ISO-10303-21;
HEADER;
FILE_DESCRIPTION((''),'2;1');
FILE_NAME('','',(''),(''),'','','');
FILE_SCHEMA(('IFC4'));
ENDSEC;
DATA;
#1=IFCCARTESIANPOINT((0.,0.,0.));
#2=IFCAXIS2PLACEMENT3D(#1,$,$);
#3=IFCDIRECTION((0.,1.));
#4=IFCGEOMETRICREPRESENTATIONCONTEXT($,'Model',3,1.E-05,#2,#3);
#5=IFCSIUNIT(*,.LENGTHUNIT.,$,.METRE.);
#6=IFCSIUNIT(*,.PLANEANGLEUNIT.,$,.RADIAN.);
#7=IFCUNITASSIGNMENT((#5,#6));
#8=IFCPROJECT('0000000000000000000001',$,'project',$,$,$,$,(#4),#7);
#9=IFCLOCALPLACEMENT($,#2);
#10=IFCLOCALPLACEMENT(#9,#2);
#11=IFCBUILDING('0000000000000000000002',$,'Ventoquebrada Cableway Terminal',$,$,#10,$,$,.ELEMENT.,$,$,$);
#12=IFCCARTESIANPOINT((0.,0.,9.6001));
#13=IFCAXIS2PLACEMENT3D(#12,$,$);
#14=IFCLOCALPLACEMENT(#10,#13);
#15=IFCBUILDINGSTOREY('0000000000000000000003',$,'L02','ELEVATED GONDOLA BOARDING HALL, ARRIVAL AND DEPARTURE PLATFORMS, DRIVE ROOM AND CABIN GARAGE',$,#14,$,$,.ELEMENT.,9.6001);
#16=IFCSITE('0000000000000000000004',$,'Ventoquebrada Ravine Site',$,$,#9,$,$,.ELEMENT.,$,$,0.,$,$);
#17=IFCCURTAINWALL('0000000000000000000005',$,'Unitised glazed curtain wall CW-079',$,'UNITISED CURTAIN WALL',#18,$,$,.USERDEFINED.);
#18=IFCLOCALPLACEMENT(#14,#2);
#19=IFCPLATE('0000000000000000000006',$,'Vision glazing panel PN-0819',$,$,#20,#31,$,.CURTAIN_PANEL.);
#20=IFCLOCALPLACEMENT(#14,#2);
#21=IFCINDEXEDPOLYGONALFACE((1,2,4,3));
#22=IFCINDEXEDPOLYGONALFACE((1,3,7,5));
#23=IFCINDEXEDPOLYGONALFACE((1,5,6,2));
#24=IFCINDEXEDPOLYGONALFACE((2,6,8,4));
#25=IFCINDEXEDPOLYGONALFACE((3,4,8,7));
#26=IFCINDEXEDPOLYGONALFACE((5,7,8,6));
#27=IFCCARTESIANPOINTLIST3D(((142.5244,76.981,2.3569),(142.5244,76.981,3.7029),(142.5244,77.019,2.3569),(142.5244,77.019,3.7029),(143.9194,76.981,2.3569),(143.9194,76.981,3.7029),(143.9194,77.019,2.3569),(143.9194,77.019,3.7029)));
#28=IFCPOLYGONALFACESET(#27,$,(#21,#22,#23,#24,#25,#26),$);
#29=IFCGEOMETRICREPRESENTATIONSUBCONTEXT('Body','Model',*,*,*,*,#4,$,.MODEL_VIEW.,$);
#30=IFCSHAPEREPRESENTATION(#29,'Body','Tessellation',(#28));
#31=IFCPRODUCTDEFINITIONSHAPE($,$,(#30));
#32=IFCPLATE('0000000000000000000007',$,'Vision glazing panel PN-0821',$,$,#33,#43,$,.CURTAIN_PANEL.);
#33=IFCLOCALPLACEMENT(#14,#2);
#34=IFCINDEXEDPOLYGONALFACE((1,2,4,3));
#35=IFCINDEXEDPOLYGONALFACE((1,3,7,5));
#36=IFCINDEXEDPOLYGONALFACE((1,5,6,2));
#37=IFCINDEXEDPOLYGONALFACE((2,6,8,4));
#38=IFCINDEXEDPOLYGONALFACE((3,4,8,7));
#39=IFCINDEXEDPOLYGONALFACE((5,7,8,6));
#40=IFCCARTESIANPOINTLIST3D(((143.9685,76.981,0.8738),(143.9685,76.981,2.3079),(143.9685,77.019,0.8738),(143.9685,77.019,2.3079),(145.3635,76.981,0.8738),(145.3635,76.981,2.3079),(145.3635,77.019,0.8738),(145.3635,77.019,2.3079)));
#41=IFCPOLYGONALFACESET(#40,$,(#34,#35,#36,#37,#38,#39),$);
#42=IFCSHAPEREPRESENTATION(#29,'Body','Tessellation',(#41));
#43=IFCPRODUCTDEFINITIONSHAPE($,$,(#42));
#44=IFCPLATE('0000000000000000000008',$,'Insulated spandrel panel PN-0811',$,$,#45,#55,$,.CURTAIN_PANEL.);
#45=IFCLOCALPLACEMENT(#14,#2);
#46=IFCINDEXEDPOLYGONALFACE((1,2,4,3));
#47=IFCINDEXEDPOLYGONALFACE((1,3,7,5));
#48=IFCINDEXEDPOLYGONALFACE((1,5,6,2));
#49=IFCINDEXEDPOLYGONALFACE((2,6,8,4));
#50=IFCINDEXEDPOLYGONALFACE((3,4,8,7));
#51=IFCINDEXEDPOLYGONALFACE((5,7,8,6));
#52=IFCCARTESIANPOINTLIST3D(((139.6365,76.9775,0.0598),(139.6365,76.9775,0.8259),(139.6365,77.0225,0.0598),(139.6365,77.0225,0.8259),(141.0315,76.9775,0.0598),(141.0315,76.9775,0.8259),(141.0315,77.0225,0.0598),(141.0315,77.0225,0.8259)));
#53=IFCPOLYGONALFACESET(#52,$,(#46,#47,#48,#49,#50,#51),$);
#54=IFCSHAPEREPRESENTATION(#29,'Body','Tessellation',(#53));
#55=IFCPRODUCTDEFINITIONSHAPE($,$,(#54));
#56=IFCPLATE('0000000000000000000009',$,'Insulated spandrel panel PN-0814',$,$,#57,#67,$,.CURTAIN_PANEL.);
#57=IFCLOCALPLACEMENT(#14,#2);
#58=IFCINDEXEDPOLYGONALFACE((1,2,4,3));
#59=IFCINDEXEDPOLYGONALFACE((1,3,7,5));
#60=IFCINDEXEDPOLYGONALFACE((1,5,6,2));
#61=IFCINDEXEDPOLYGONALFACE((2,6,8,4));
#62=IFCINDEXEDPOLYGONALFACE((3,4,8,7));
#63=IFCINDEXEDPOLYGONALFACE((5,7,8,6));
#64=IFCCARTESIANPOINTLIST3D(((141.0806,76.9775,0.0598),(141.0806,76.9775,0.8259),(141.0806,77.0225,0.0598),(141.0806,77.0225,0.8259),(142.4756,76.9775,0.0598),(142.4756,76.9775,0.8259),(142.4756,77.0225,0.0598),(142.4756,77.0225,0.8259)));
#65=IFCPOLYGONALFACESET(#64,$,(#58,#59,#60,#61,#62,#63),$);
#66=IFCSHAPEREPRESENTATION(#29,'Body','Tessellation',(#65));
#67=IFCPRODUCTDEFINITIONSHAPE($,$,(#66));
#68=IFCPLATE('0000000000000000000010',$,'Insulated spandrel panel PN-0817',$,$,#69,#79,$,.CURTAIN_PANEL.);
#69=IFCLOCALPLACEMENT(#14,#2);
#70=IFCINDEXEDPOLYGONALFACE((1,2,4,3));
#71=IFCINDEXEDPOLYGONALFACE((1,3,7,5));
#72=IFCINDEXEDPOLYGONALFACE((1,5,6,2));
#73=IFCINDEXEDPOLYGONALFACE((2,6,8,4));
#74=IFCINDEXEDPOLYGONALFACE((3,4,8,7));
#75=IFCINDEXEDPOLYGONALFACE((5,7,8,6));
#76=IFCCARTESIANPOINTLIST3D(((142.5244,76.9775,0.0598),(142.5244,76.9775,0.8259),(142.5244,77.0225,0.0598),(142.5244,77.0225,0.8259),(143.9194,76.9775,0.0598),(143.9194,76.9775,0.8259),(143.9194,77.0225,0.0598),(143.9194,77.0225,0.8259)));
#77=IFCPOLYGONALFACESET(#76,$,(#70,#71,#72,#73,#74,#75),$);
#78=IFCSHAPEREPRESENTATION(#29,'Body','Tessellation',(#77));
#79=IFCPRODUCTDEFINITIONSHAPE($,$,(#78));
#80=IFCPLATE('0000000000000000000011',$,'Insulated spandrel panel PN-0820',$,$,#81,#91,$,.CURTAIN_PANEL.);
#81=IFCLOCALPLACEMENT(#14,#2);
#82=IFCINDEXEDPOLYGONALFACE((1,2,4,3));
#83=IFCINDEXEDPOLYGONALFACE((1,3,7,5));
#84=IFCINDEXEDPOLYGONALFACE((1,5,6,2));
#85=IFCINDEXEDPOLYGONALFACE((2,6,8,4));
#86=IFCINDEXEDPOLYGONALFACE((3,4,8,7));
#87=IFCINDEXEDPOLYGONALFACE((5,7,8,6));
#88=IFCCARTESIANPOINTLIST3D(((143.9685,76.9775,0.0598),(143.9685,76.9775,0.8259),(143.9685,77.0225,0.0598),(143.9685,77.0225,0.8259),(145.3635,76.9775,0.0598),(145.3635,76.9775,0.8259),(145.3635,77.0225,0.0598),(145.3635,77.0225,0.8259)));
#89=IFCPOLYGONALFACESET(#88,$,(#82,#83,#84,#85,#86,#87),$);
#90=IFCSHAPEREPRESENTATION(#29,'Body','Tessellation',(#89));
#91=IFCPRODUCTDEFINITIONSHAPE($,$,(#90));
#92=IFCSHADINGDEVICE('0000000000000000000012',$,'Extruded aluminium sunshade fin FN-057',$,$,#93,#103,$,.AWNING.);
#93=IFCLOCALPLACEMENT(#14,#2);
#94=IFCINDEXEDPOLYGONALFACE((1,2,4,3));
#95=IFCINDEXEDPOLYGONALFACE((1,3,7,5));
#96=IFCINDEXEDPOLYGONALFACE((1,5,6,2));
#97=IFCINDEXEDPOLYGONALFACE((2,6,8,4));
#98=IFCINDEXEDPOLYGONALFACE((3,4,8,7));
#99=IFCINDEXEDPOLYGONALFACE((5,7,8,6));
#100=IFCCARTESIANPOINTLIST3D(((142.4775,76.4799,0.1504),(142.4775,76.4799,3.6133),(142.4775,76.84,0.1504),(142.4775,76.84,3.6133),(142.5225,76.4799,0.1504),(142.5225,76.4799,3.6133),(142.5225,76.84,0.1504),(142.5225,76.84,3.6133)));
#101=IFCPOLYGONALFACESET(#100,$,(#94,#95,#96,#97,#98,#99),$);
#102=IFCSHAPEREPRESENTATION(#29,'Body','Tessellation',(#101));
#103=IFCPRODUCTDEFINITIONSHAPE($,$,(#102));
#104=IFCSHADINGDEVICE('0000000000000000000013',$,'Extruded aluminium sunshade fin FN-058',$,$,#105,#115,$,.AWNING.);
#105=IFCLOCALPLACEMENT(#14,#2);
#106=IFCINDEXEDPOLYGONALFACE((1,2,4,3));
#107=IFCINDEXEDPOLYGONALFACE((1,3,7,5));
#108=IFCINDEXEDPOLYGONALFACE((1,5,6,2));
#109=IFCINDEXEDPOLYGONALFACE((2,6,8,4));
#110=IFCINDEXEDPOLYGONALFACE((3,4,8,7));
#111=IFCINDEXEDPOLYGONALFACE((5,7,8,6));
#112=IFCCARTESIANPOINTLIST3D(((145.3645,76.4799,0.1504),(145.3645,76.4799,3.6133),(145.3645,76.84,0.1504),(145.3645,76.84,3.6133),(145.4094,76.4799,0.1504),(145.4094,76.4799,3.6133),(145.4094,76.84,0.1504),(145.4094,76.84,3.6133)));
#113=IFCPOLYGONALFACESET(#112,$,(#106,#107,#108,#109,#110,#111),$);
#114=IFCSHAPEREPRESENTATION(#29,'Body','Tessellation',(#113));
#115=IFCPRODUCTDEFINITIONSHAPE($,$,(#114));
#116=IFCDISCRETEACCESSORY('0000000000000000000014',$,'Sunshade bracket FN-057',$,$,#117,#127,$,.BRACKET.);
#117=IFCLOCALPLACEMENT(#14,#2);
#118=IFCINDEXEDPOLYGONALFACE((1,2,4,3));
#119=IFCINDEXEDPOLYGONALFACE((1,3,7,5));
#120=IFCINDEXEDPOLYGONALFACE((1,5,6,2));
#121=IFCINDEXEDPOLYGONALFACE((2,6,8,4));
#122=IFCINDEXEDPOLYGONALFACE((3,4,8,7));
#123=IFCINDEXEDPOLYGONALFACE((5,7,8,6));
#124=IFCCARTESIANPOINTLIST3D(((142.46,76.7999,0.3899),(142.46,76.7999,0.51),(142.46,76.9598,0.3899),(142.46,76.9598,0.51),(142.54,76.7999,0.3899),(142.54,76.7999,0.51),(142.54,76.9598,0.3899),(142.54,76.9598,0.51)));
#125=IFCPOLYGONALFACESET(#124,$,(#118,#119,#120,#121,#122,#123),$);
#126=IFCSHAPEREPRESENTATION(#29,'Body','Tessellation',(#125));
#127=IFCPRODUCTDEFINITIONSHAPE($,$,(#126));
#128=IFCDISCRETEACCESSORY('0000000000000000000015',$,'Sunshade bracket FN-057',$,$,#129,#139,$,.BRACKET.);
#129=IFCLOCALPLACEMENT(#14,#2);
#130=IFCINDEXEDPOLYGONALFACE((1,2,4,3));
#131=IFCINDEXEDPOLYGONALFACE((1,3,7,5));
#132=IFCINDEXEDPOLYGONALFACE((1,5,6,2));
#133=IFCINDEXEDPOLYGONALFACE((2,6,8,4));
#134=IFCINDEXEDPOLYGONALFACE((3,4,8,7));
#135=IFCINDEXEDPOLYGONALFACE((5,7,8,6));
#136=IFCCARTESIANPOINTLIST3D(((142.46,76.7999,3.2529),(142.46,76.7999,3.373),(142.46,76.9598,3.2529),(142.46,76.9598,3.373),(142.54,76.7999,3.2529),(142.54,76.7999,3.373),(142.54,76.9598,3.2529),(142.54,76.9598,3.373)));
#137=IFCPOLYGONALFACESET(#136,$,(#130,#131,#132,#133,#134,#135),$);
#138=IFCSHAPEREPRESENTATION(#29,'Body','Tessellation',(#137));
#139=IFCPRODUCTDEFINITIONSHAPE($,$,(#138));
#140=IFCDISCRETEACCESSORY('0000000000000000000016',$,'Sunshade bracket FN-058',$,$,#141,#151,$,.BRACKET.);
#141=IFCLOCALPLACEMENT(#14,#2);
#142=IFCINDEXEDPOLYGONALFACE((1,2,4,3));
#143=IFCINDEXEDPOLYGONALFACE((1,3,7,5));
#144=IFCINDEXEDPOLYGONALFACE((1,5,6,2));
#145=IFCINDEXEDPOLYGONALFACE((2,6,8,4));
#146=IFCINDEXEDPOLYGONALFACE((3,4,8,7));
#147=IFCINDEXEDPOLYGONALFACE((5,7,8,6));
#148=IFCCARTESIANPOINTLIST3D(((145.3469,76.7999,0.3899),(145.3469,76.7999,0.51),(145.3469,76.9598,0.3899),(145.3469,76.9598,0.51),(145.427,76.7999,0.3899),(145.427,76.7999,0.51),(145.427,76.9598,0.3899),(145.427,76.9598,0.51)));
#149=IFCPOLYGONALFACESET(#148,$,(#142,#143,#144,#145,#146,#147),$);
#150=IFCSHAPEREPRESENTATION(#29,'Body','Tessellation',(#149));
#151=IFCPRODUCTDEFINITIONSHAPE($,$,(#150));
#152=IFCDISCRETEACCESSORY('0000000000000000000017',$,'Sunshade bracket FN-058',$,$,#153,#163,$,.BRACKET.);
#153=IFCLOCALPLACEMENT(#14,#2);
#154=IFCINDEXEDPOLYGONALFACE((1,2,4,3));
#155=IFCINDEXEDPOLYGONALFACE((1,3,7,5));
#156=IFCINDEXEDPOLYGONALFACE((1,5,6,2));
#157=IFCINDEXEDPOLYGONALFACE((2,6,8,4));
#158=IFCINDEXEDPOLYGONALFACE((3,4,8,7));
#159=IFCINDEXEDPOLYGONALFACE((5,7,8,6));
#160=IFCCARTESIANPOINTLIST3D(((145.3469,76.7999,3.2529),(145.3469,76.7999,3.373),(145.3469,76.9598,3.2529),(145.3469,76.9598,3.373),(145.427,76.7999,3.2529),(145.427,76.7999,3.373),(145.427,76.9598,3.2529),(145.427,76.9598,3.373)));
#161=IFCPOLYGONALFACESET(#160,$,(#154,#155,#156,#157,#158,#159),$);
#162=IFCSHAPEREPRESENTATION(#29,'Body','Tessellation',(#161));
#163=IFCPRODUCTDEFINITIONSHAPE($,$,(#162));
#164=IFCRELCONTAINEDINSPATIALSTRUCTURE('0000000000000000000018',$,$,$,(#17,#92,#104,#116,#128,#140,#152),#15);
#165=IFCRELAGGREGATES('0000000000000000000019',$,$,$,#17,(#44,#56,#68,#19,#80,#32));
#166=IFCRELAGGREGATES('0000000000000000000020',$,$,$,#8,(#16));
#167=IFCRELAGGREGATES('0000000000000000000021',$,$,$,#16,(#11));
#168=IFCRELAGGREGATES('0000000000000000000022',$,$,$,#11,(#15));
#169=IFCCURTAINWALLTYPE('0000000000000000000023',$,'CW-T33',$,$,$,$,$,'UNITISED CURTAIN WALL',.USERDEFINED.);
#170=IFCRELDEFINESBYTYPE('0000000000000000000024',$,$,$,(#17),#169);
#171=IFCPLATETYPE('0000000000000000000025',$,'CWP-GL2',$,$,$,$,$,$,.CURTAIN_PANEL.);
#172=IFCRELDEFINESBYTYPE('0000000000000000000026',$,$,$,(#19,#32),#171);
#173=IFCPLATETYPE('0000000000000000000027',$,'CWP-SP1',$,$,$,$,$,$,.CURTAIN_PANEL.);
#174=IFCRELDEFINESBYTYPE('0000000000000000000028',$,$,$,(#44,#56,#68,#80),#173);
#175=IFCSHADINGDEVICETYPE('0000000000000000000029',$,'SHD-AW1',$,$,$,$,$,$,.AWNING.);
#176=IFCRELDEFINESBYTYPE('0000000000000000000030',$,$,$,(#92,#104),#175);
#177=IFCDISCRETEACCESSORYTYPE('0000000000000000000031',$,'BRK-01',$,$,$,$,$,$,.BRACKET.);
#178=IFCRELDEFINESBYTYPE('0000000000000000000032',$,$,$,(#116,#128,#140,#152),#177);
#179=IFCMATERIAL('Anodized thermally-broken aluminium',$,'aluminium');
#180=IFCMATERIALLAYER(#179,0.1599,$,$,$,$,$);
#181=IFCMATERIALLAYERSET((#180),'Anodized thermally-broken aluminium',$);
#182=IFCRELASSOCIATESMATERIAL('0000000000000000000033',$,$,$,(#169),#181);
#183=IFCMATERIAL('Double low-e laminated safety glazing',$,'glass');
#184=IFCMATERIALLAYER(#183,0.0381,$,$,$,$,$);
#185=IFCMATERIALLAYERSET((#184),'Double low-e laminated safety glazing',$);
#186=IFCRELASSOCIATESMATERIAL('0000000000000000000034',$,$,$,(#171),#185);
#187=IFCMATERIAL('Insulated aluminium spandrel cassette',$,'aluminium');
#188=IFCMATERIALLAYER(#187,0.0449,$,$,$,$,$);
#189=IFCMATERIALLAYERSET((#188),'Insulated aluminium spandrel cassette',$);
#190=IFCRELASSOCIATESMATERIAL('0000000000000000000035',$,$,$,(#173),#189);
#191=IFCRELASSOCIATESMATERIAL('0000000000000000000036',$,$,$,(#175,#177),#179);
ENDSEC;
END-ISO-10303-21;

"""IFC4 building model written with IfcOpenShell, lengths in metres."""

from ifc_helpers import new_model, si_unit, direction, frame, origin, origin_2d, place, context, subcontext, project, spatial, rectangle, extrude, material, layer, layer_set, type_object, element, aggregate, save


model = new_model("IFC4")

# Units and contexts
model_context = context("Model", 3, precision=1e-05, world=origin(), true_north=direction((0.0, 1.0)))
body_context = subcontext(model_context, "Body", "Model", "MODEL_VIEW")
ifc_project = project(units=[si_unit("LENGTHUNIT", "METRE"), si_unit("PLANEANGLEUNIT", "RADIAN")], contexts=[model_context])

# Site, building, storey
site_placement = place(None, origin())
site = spatial("IfcSite", under=ifc_project, at=site_placement, Name="Ventoquebrada Ravine Site", CompositionType="ELEMENT", RefElevation=0.0)
building_placement = place(site_placement, origin())
building = spatial("IfcBuilding", under=site, at=building_placement, Name="Ventoquebrada Cableway Terminal", CompositionType="ELEMENT")
storey_placement = place(building_placement, frame((0.0, 0.0, 9.6001)))
storey = spatial("IfcBuildingStorey", under=building, at=storey_placement, Name="L02", Description="ELEVATED GONDOLA BOARDING HALL, ARRIVAL AND DEPARTURE PLATFORMS, DRIVE ROOM AND CABIN GARAGE", CompositionType="ELEMENT", Elevation=9.6001)

# Curtain wall, plates
ifc_material_1 = material(Name="Anodized thermally-broken aluminium", Category="aluminium")
ifc_layer_1 = layer(ifc_material_1, 0.1599)
ifc_layer_set_1 = layer_set([ifc_layer_1], Name="Anodized thermally-broken aluminium")
curtain_wall_type = type_object("IfcCurtainWallType", Name="CW-T33", ElementType="UNITISED CURTAIN WALL", PredefinedType="USERDEFINED", material=ifc_layer_set_1)
curtain_wall_placement = place(storey_placement, origin())
curtain_wall = element("IfcCurtainWall", 1, at=curtain_wall_placement, inside=storey, type_object=curtain_wall_type, Name="Unitised glazed curtain wall CW-079", ObjectType="UNITISED CURTAIN WALL", PredefinedType="USERDEFINED")
ifc_material_2 = material(Name="Double low-e laminated safety glazing", Category="glass")
ifc_layer_2 = layer(ifc_material_2, 0.0381)
ifc_layer_set_2 = layer_set([ifc_layer_2], Name="Double low-e laminated safety glazing")
plate_type_1 = type_object("IfcPlateType", Name="CWP-GL2", PredefinedType="CURTAIN_PANEL", material=ifc_layer_set_2)
plate_1_placement = place(storey_placement, frame((143.2219, 77.0, 2.3569), z_axis=(0.0, 0.0, 1.0), x_axis=(1.0, 0.0, 0.0)))
plate_1 = element("IfcPlate", 2, at=plate_1_placement, type_object=plate_type_1, Name="Vision glazing panel PN-0819", PredefinedType="CURTAIN_PANEL", context=body_context, shape_type="SweptSolid", body=[
    extrude(rectangle(XDim=1.395, YDim=0.0381, at=origin_2d()), origin(), (0.0, 0.0, 1.0), 1.3459),
])
plate_2_placement = place(storey_placement, frame((144.666, 77.0, 0.8738), z_axis=(0.0, 0.0, 1.0), x_axis=(1.0, 0.0, 0.0)))
plate_2 = element("IfcPlate", 3, at=plate_2_placement, type_object=plate_type_1, Name="Vision glazing panel PN-0821", PredefinedType="CURTAIN_PANEL", context=body_context, shape_type="SweptSolid", body=[
    extrude(rectangle(XDim=1.395, YDim=0.0381, at=origin_2d()), origin(), (0.0, 0.0, 1.0), 1.4341),
])
ifc_material_3 = material(Name="Insulated aluminium spandrel cassette", Category="aluminium")
ifc_layer_3 = layer(ifc_material_3, 0.0449)
ifc_layer_set_3 = layer_set([ifc_layer_3], Name="Insulated aluminium spandrel cassette")
plate_type_2 = type_object("IfcPlateType", Name="CWP-SP1", PredefinedType="CURTAIN_PANEL", material=ifc_layer_set_3)
plate_3_placement = place(storey_placement, frame((140.334, 77.0, 0.0598), z_axis=(0.0, 0.0, 1.0), x_axis=(1.0, 0.0, 0.0)))
plate_3 = element("IfcPlate", 4, at=plate_3_placement, type_object=plate_type_2, Name="Insulated spandrel panel PN-0811", PredefinedType="CURTAIN_PANEL", context=body_context, shape_type="SweptSolid", body=[
    extrude(rectangle(XDim=1.395, YDim=0.0449, at=origin_2d()), origin(), (0.0, 0.0, 1.0), 0.7661),
])
plate_4_placement = place(storey_placement, frame((141.7781, 77.0, 0.0598), z_axis=(0.0, 0.0, 1.0), x_axis=(1.0, 0.0, 0.0)))
plate_4 = element("IfcPlate", 5, at=plate_4_placement, type_object=plate_type_2, Name="Insulated spandrel panel PN-0814", PredefinedType="CURTAIN_PANEL", context=body_context, shape_type="SweptSolid", body=[
    extrude(rectangle(XDim=1.395, YDim=0.0449, at=origin_2d()), origin(), (0.0, 0.0, 1.0), 0.7661),
])
plate_5_placement = place(storey_placement, frame((143.2219, 77.0, 0.0598), z_axis=(0.0, 0.0, 1.0), x_axis=(1.0, 0.0, 0.0)))
plate_5 = element("IfcPlate", 6, at=plate_5_placement, type_object=plate_type_2, Name="Insulated spandrel panel PN-0817", PredefinedType="CURTAIN_PANEL", context=body_context, shape_type="SweptSolid", body=[
    extrude(rectangle(XDim=1.395, YDim=0.0449, at=origin_2d()), origin(), (0.0, 0.0, 1.0), 0.7661),
])
plate_6_placement = place(storey_placement, frame((144.666, 77.0, 0.0598), z_axis=(0.0, 0.0, 1.0), x_axis=(1.0, 0.0, 0.0)))
plate_6 = element("IfcPlate", 7, at=plate_6_placement, type_object=plate_type_2, Name="Insulated spandrel panel PN-0820", PredefinedType="CURTAIN_PANEL", context=body_context, shape_type="SweptSolid", body=[
    extrude(rectangle(XDim=1.395, YDim=0.0449, at=origin_2d()), origin(), (0.0, 0.0, 1.0), 0.7661),
])
aggregate(curtain_wall, [plate_3, plate_4, plate_5, plate_1, plate_6, plate_2])

# Shading devices
shading_device_type = type_object("IfcShadingDeviceType", Name="SHD-AW1", PredefinedType="AWNING", material=ifc_material_1)
for number, where, z_axis, x_axis, name in (
    (8, (142.5, 76.6599, 0.1504), (0.0, 0.0, 1.0), (1.0, 0.0, 0.0), "Extruded aluminium sunshade fin FN-057"),
    (9, (145.387, 76.6599, 0.1504), (0.0, 0.0, 1.0), (1.0, 0.0, 0.0), "Extruded aluminium sunshade fin FN-058"),
):
    element("IfcShadingDevice", number, at=place(storey_placement, frame(where, z_axis=z_axis, x_axis=x_axis)), inside=storey, type_object=shading_device_type, Name=name, PredefinedType="AWNING", context=body_context, shape_type="SweptSolid", body=[
        extrude(rectangle(XDim=0.0449, YDim=0.3601, at=origin_2d()), origin(), (0.0, 0.0, 1.0), 3.4629),
    ])

# Discrete accessories
discrete_accessory_type = type_object("IfcDiscreteAccessoryType", Name="BRK-01", PredefinedType="BRACKET", material=ifc_material_1)
for number, where, z_axis, x_axis, name in (
    (10, (142.5, 76.8799, 0.3899), (0.0, 0.0, 1.0), (1.0, 0.0, 0.0), "Sunshade bracket FN-057"),
    (11, (142.5, 76.8799, 3.2529), (0.0, 0.0, 1.0), (1.0, 0.0, 0.0), "Sunshade bracket FN-057"),
    (12, (145.387, 76.8799, 0.3899), (0.0, 0.0, 1.0), (1.0, 0.0, 0.0), "Sunshade bracket FN-058"),
    (13, (145.387, 76.8799, 3.2529), (0.0, 0.0, 1.0), (1.0, 0.0, 0.0), "Sunshade bracket FN-058"),
):
    element("IfcDiscreteAccessory", number, at=place(storey_placement, frame(where, z_axis=z_axis, x_axis=x_axis)), inside=storey, type_object=discrete_accessory_type, Name=name, PredefinedType="BRACKET", context=body_context, shape_type="SweptSolid", body=[
        extrude(rectangle(XDim=0.0801, YDim=0.1599, at=origin_2d()), origin(), (0.0, 0.0, 1.0), 0.1201),
    ])

save(model, "model.ifc")
